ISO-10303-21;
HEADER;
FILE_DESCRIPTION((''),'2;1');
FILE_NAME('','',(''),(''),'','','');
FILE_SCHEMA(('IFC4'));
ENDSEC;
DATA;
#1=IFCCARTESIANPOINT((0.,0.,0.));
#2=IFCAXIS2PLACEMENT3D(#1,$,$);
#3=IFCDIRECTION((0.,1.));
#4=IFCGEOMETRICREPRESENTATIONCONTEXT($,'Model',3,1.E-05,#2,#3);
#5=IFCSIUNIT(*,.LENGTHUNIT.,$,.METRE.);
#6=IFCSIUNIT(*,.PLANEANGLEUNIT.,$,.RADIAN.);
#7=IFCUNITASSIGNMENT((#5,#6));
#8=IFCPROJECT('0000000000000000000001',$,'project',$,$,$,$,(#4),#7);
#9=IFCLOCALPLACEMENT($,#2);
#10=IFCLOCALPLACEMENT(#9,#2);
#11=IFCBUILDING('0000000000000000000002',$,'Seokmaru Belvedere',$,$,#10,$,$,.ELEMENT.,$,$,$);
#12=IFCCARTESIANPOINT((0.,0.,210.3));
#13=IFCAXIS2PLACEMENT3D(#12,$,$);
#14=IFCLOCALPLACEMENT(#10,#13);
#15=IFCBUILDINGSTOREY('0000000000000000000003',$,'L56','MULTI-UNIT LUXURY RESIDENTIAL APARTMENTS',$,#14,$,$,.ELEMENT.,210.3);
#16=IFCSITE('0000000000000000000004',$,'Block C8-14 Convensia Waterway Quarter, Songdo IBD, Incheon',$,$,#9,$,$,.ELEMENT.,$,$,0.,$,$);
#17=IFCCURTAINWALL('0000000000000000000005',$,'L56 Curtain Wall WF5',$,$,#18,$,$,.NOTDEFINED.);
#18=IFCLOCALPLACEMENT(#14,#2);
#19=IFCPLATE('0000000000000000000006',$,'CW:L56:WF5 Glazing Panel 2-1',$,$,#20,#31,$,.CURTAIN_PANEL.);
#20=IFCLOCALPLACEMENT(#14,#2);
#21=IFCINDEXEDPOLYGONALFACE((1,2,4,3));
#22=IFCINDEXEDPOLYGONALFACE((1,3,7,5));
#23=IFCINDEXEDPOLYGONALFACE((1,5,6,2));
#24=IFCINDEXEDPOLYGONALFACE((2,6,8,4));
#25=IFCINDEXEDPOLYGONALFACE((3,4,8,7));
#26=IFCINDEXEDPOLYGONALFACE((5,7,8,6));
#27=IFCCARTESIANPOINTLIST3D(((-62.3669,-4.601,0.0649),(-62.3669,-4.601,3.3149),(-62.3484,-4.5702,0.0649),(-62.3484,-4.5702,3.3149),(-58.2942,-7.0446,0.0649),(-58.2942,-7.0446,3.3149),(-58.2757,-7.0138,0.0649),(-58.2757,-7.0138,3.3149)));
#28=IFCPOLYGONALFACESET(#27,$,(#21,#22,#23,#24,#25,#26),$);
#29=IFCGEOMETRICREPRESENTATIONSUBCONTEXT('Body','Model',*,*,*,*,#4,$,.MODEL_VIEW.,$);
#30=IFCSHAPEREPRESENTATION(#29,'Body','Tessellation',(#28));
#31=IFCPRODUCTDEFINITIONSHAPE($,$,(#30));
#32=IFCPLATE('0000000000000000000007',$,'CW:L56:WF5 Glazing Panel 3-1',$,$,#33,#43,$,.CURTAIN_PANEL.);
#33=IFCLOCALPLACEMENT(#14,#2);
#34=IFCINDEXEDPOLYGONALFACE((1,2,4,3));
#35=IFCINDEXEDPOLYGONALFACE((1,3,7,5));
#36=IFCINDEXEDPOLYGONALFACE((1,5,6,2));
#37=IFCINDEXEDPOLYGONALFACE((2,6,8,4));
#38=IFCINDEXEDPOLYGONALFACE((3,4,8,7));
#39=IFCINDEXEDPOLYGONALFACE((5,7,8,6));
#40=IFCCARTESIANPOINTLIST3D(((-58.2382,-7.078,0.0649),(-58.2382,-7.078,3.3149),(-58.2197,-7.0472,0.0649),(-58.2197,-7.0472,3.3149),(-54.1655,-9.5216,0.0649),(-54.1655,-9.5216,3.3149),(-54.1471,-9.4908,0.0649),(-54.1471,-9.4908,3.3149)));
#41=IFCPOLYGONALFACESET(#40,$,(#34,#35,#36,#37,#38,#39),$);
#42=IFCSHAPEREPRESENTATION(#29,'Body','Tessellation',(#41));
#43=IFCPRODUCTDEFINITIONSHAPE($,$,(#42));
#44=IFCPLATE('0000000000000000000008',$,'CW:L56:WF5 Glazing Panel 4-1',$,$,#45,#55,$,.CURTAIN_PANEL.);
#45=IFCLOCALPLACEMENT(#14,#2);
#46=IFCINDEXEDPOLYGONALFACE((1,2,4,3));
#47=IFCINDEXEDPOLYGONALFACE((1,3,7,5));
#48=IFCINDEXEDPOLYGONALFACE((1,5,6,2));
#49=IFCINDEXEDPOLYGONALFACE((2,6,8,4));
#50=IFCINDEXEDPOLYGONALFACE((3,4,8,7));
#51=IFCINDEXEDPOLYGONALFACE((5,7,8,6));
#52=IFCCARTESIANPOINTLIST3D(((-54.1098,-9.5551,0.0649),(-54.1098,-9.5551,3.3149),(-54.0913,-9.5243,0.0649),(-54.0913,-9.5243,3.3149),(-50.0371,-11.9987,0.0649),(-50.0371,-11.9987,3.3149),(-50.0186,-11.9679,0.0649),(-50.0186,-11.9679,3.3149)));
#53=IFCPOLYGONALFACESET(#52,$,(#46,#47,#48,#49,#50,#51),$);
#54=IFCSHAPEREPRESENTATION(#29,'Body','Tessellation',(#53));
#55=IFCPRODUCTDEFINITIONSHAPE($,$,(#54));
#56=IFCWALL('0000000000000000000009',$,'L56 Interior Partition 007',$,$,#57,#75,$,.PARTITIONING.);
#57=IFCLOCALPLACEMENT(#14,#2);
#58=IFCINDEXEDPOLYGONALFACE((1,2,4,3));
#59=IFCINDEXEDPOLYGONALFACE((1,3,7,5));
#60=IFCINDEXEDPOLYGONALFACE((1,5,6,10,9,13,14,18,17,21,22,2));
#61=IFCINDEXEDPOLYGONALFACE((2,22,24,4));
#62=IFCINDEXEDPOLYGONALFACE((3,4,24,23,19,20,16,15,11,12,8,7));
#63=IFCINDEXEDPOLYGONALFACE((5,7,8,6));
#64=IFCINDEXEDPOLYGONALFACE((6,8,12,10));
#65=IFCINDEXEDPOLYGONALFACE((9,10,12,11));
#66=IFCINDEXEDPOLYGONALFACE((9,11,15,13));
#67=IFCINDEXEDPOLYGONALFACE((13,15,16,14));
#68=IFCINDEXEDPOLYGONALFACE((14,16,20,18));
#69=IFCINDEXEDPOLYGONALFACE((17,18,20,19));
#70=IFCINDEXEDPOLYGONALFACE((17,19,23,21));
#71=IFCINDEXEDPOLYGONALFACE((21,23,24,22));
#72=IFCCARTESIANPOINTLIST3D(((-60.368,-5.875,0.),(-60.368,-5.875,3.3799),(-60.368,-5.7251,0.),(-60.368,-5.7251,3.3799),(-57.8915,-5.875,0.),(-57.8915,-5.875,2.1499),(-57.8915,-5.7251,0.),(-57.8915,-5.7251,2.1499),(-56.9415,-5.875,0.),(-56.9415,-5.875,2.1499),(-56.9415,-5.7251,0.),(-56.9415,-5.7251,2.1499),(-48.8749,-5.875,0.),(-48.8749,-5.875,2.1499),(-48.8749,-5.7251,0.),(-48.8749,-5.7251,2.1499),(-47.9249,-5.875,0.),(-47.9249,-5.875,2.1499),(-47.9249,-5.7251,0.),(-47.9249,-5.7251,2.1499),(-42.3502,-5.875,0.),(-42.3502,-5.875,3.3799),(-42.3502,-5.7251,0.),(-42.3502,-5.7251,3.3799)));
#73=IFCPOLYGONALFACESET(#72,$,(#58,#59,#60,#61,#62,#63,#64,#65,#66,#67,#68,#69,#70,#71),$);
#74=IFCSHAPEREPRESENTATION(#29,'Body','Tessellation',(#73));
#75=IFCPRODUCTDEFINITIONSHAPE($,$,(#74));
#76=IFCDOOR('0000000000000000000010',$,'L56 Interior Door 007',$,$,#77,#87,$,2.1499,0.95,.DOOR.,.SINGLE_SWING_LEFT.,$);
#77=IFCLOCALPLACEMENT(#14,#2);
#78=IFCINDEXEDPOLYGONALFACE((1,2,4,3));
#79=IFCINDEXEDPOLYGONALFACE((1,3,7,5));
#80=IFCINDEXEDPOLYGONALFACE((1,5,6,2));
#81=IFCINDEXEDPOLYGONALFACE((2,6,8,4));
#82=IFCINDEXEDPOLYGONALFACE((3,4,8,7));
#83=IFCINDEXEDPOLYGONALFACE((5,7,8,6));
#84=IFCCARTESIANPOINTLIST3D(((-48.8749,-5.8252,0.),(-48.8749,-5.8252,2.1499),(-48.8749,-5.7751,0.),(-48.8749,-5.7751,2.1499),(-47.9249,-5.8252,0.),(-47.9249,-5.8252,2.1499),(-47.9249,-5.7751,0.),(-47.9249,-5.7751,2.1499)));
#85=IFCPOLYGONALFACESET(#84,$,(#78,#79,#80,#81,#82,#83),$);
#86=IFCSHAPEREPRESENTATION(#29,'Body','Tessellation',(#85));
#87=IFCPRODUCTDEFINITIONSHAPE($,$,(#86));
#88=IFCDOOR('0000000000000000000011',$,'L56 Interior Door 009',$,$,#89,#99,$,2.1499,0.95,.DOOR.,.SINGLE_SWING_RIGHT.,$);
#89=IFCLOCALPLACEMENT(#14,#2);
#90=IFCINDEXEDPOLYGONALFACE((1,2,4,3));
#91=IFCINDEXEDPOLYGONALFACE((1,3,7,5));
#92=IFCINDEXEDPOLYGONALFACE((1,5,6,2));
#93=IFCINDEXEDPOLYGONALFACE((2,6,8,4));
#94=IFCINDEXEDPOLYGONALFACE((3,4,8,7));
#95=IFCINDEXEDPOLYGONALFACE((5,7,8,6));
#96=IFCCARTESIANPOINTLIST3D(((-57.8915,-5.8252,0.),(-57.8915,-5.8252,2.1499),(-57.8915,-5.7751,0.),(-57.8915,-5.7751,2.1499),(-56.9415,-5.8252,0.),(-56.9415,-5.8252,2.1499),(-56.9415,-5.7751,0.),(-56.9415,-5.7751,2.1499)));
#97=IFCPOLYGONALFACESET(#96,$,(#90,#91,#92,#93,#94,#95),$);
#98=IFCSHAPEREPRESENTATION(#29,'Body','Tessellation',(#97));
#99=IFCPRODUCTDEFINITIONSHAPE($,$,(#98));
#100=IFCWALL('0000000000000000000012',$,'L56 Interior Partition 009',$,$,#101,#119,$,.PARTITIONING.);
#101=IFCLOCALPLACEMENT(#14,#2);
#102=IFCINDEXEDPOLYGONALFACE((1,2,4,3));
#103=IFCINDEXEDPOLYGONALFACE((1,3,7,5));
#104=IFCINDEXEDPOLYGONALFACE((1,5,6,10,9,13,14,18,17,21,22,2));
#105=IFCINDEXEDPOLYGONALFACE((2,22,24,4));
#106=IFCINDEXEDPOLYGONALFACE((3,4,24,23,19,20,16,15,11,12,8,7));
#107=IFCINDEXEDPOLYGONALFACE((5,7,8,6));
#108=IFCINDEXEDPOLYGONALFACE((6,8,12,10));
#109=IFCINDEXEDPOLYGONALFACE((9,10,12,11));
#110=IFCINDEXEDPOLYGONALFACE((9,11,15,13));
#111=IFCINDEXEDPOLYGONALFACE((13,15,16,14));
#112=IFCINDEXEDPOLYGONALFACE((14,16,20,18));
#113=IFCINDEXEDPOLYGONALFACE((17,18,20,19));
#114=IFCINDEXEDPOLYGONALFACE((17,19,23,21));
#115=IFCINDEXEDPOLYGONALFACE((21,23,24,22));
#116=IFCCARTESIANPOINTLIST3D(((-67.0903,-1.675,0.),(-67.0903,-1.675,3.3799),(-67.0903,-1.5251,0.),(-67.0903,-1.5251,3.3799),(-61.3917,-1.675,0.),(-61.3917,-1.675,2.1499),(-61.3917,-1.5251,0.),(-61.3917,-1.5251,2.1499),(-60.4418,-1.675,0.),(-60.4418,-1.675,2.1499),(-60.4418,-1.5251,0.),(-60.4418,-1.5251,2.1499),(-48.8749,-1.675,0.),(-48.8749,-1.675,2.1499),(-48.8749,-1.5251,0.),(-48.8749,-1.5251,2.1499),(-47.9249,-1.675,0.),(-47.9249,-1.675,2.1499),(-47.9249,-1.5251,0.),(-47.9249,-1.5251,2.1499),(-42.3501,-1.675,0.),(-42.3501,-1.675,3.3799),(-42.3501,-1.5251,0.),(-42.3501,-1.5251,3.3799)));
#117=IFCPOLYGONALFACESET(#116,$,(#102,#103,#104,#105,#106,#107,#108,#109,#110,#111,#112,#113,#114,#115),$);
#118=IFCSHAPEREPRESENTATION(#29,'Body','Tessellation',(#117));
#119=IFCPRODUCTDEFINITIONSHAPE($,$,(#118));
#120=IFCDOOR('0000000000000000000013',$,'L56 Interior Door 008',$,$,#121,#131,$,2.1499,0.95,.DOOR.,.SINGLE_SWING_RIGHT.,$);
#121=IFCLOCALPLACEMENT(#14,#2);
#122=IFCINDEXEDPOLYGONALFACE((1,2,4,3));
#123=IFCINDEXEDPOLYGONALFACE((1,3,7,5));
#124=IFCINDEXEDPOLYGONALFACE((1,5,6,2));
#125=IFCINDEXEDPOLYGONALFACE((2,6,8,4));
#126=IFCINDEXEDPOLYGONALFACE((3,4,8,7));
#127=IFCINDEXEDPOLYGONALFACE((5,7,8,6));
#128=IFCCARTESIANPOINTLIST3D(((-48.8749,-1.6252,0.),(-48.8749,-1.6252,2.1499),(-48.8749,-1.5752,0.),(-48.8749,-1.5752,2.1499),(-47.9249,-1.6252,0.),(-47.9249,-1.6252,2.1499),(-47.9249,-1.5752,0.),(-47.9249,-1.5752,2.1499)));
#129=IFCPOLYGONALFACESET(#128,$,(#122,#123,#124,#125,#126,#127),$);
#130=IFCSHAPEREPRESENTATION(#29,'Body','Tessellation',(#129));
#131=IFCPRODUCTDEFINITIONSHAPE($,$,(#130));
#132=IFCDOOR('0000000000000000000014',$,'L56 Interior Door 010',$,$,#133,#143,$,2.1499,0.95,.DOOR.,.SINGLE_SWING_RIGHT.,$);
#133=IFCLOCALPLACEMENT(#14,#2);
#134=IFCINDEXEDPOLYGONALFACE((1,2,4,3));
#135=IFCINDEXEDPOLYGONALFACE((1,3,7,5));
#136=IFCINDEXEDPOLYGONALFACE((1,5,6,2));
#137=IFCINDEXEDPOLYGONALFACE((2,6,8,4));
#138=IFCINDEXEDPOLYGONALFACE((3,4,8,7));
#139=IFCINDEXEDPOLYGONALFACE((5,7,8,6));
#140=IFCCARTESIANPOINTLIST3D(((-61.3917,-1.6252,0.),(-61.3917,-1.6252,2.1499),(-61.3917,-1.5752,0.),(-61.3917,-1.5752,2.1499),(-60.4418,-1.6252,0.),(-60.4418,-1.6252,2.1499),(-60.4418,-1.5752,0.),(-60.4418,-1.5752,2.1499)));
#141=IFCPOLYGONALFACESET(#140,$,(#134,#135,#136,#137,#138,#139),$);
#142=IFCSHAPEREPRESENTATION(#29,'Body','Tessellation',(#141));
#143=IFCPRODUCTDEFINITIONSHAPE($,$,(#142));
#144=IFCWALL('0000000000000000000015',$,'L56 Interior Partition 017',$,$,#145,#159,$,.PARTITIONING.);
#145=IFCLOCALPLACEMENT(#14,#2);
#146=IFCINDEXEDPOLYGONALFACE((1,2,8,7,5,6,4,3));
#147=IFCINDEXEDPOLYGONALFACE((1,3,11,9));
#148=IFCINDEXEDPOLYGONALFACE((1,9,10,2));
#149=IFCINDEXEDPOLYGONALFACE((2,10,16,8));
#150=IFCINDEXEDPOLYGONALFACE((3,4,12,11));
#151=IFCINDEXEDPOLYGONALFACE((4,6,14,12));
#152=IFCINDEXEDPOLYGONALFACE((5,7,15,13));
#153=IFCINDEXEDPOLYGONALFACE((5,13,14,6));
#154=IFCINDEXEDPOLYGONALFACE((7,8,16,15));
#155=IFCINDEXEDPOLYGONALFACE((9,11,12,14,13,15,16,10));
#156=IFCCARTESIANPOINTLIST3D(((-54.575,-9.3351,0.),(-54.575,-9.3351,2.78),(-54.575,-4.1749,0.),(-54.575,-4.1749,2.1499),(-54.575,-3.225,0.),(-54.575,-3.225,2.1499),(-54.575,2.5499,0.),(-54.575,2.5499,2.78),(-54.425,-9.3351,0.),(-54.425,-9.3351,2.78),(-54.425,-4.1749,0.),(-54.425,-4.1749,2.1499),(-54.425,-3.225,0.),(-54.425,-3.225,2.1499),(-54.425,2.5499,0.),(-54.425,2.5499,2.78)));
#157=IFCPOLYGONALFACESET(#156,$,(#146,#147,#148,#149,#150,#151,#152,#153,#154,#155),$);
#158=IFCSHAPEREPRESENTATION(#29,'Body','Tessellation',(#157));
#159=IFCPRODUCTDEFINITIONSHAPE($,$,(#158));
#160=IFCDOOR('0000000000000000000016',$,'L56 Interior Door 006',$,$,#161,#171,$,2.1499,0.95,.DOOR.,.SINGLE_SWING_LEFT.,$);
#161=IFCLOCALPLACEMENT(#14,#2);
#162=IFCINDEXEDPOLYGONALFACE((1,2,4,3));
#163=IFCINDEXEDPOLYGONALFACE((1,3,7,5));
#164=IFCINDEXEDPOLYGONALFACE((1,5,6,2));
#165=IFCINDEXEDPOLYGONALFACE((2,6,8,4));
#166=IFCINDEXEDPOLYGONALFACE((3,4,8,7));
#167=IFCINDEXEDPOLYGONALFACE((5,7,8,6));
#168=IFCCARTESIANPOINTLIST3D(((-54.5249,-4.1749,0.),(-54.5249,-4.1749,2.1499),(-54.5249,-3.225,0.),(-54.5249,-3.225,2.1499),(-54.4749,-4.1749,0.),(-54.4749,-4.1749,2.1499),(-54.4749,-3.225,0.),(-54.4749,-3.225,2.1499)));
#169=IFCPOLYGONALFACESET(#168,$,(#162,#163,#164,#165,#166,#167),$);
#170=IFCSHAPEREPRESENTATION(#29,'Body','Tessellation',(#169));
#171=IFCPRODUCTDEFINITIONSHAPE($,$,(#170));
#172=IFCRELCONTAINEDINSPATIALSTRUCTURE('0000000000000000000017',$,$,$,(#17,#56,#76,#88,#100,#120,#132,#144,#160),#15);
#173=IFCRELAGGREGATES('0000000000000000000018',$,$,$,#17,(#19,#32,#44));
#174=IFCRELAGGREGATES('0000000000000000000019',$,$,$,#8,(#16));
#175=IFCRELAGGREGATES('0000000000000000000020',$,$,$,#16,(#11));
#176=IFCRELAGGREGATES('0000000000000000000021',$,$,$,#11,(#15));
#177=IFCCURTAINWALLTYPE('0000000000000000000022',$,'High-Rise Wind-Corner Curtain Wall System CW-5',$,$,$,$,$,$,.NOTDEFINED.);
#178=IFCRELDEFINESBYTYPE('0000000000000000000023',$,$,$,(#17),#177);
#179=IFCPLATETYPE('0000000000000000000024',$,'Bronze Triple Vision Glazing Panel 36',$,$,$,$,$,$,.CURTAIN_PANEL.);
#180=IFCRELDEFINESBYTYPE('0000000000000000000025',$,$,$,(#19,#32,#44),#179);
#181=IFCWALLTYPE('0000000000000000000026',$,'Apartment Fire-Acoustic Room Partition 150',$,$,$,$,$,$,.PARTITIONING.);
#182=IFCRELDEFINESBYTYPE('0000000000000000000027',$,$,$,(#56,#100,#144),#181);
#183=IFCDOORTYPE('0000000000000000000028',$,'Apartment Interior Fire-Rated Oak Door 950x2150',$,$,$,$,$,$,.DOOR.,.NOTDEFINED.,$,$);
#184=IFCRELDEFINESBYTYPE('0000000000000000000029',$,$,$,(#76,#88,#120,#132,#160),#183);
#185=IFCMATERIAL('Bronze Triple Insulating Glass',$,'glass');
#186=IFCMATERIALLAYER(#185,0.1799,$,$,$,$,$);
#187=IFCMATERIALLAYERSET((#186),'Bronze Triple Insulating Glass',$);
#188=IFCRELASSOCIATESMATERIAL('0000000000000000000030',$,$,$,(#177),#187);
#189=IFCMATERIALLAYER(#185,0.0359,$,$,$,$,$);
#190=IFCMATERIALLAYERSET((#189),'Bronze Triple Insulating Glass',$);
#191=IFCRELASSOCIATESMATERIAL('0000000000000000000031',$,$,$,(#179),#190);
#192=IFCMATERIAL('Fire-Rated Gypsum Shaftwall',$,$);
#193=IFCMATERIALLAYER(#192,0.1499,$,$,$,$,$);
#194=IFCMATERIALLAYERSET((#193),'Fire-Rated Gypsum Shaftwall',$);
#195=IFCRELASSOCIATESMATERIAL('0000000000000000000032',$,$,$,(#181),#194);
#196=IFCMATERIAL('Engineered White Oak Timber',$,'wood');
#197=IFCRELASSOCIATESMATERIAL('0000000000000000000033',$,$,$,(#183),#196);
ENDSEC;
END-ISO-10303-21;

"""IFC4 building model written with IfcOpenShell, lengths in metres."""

from ifc_helpers import new_model, si_unit, direction, frame, frame_2d, origin, origin_2d, place, context, subcontext, project, spatial, rectangle, extrude, source, transform, mapped, material, layer, layer_set, type_object, type_shapes, element, fill, aggregate, save


model = new_model("IFC4")

# Units and contexts
model_context = context("Model", 3, precision=1e-05, world=origin(), true_north=direction((0.0, 1.0)))
body_context = subcontext(model_context, "Body", "Model", "MODEL_VIEW")
ifc_project = project(units=[si_unit("LENGTHUNIT", "METRE"), si_unit("PLANEANGLEUNIT", "RADIAN")], contexts=[model_context])

# Site, building, storey
site_placement = place(None, origin())
site = spatial("IfcSite", under=ifc_project, at=site_placement, Name="Block C8-14 Convensia Waterway Quarter, Songdo IBD, Incheon", CompositionType="ELEMENT", RefElevation=0.0)
building_placement = place(site_placement, origin())
building = spatial("IfcBuilding", under=site, at=building_placement, Name="Seokmaru Belvedere", CompositionType="ELEMENT")
storey_placement = place(building_placement, frame((0.0, 0.0, 210.3)))
storey = spatial("IfcBuildingStorey", under=building, at=storey_placement, Name="L56", Description="MULTI-UNIT LUXURY RESIDENTIAL APARTMENTS", CompositionType="ELEMENT", Elevation=210.3)

# Curtain wall, plates
ifc_material_1 = material(Name="Bronze Triple Insulating Glass", Category="glass")
ifc_layer_1 = layer(ifc_material_1, 0.1799)
ifc_layer_set_1 = layer_set([ifc_layer_1], Name="Bronze Triple Insulating Glass")
curtain_wall_type = type_object("IfcCurtainWallType", Name="High-Rise Wind-Corner Curtain Wall System CW-5", PredefinedType="NOTDEFINED", material=ifc_layer_set_1)
curtain_wall_placement = place(storey_placement, origin())
curtain_wall = element("IfcCurtainWall", 1, at=curtain_wall_placement, inside=storey, type_object=curtain_wall_type, Name="L56 Curtain Wall WF5", PredefinedType="NOTDEFINED")
ifc_layer_2 = layer(ifc_material_1, 0.0359)
ifc_layer_set_2 = layer_set([ifc_layer_2], Name="Bronze Triple Insulating Glass")
plate_type = type_object("IfcPlateType", Name="Bronze Triple Vision Glazing Panel 36", PredefinedType="CURTAIN_PANEL", material=ifc_layer_set_2)
shared_shape_1 = source(origin(), body_context, "Body", "SweptSolid", [
    extrude(rectangle(XDim=4.7495, YDim=0.0359, at=origin_2d()), origin(), (0.0, 0.0, 1.0), 3.25),
])
plate_1_placement = place(storey_placement, frame((-60.3213, -5.8074, 0.0649), z_axis=(0.0, 0.0, 1.0), x_axis=(0.857493, -0.514495, 0.0)))
plate_1 = element("IfcPlate", 2, at=plate_1_placement, type_object=plate_type, Name="CW:L56:WF5 Glazing Panel 2-1", PredefinedType="CURTAIN_PANEL", context=body_context, shape_type="MappedRepresentation", body=[
    mapped(shared_shape_1, transform((0.0, 0.0, 0.0), scale=1.0)),
])
plate_2_placement = place(storey_placement, frame((-56.1926, -8.2844, 0.0649), z_axis=(0.0, 0.0, 1.0), x_axis=(0.857493, -0.514495, 0.0)))
plate_2 = element("IfcPlate", 3, at=plate_2_placement, type_object=plate_type, Name="CW:L56:WF5 Glazing Panel 3-1", PredefinedType="CURTAIN_PANEL", context=body_context, shape_type="MappedRepresentation", body=[
    mapped(shared_shape_1, transform((0.0, 0.0, 0.0), scale=1.0)),
])
plate_3_placement = place(storey_placement, frame((-52.0642, -10.7615, 0.0649), z_axis=(0.0, 0.0, 1.0), x_axis=(0.857493, -0.514495, 0.0)))
plate_3 = element("IfcPlate", 4, at=plate_3_placement, type_object=plate_type, Name="CW:L56:WF5 Glazing Panel 4-1", PredefinedType="CURTAIN_PANEL", context=body_context, shape_type="MappedRepresentation", body=[
    mapped(shared_shape_1, transform((0.0, 0.0, 0.0), scale=1.0)),
])
aggregate(curtain_wall, [plate_1, plate_2, plate_3])

# Walls, openings, doors
ifc_material_2 = material(Name="Fire-Rated Gypsum Shaftwall")
ifc_layer_3 = layer(ifc_material_2, 0.1499)
ifc_layer_set_3 = layer_set([ifc_layer_3], Name="Fire-Rated Gypsum Shaftwall")
wall_type_1 = type_object("IfcWallType", Name="Apartment Fire-Acoustic Room Partition 150", PredefinedType="PARTITIONING", material=ifc_layer_set_3)
wall_1_placement = place(storey_placement, frame((-60.3679, -5.8, 0.0), z_axis=(0.0, 0.0, 1.0), x_axis=(1.0, 0.0, 0.0)))
wall_1 = element("IfcWall", 5, at=wall_1_placement, inside=storey, type_object=wall_type_1, Name="L56 Interior Partition 007", PredefinedType="PARTITIONING", context=body_context, shape_type="SweptSolid", body=[
    extrude(rectangle(XDim=18.0178, YDim=0.1499, at=frame_2d((9.0088, 0.0))), origin(), (0.0, 0.0, 1.0), 3.3799),
])
opening_1_placement = place(wall_1_placement, frame((11.4929, 0.0, 0.0)))
opening_1 = element("IfcOpeningElement", 6, at=opening_1_placement, cuts=wall_1, PredefinedType="OPENING", context=body_context, shape_type="SweptSolid", body=[
    extrude(rectangle(XDim=0.95, YDim=2.1499, at=frame_2d((0.4751, 1.075))), frame((0.0, 0.085, 0.0), z_axis=(0.0, -1.0, 0.0), x_axis=(1.0, 0.0, 0.0)), (0.0, 0.0, 1.0), 0.1699),
])
opening_2_placement = place(wall_1_placement, frame((2.4763, 0.0, 0.0)))
opening_2 = element("IfcOpeningElement", 7, at=opening_2_placement, cuts=wall_1, PredefinedType="OPENING", context=body_context, shape_type="SweptSolid", body=[
    extrude(rectangle(XDim=0.95, YDim=2.1499, at=frame_2d((0.4751, 1.075))), frame((0.0, 0.085, 0.0), z_axis=(0.0, -1.0, 0.0), x_axis=(1.0, 0.0, 0.0)), (0.0, 0.0, 1.0), 0.1699),
])
ifc_material_3 = material(Name="Engineered White Oak Timber", Category="wood")
door_type = type_object("IfcDoorType", Name="Apartment Interior Fire-Rated Oak Door 950x2150", OperationType="NOTDEFINED", PredefinedType="DOOR", material=ifc_material_3)
shared_shape_2 = source(origin(), body_context, "Body", "SweptSolid", [
    extrude(rectangle(XDim=0.95, YDim=2.1499, at=frame_2d((0.4751, 1.075))), frame((0.0, 0.0249, 0.0), z_axis=(0.0, -1.0, 0.0), x_axis=(1.0, 0.0, 0.0)), (0.0, 0.0, 1.0), 0.05),
])
type_shapes(door_type, [shared_shape_2])
door_1_placement = place(opening_1_placement, origin())
door_1 = element("IfcDoor", 8, at=door_1_placement, inside=storey, type_object=door_type, Name="L56 Interior Door 007", OperationType="SINGLE_SWING_LEFT", OverallHeight=2.1499, OverallWidth=0.95, PredefinedType="DOOR", context=body_context, shape_type="MappedRepresentation", body=[
    mapped(shared_shape_2, transform((0.0, 0.0, 0.0), scale=1.0)),
])
fill(opening_1, door_1)
door_2_placement = place(opening_2_placement, origin())
door_2 = element("IfcDoor", 9, at=door_2_placement, inside=storey, type_object=door_type, Name="L56 Interior Door 009", OperationType="SINGLE_SWING_RIGHT", OverallHeight=2.1499, OverallWidth=0.95, PredefinedType="DOOR", context=body_context, shape_type="MappedRepresentation", body=[
    mapped(shared_shape_2, transform((0.0, 0.0, 0.0), scale=1.0)),
])
fill(opening_2, door_2)
wall_2_placement = place(storey_placement, frame((-67.0903, -1.6001, 0.0), z_axis=(0.0, 0.0, 1.0), x_axis=(1.0, 0.0, 0.0)))
wall_2 = element("IfcWall", 10, at=wall_2_placement, inside=storey, type_object=wall_type_1, Name="L56 Interior Partition 009", PredefinedType="PARTITIONING", context=body_context, shape_type="SweptSolid", body=[
    extrude(rectangle(XDim=24.7402, YDim=0.1499, at=frame_2d((12.3701, 0.0))), origin(), (0.0, 0.0, 1.0), 3.3799),
])
opening_3_placement = place(wall_2_placement, frame((18.2153, 0.0, 0.0)))
opening_3 = element("IfcOpeningElement", 11, at=opening_3_placement, cuts=wall_2, PredefinedType="OPENING", context=body_context, shape_type="SweptSolid", body=[
    extrude(rectangle(XDim=0.95, YDim=2.1499, at=frame_2d((0.4751, 1.075))), frame((0.0, 0.085, 0.0), z_axis=(0.0, -1.0, 0.0), x_axis=(1.0, 0.0, 0.0)), (0.0, 0.0, 1.0), 0.1699),
])
opening_4_placement = place(wall_2_placement, frame((5.6985, 0.0, 0.0)))
opening_4 = element("IfcOpeningElement", 12, at=opening_4_placement, cuts=wall_2, PredefinedType="OPENING", context=body_context, shape_type="SweptSolid", body=[
    extrude(rectangle(XDim=0.95, YDim=2.1499, at=frame_2d((0.4751, 1.075))), frame((0.0, 0.085, 0.0), z_axis=(0.0, -1.0, 0.0), x_axis=(1.0, 0.0, 0.0)), (0.0, 0.0, 1.0), 0.1699),
])
door_3_placement = place(opening_3_placement, origin())
door_3 = element("IfcDoor", 13, at=door_3_placement, inside=storey, type_object=door_type, Name="L56 Interior Door 008", OperationType="SINGLE_SWING_RIGHT", OverallHeight=2.1499, OverallWidth=0.95, PredefinedType="DOOR", context=body_context, shape_type="MappedRepresentation", body=[
    mapped(shared_shape_2, transform((0.0, 0.0, 0.0), scale=1.0)),
])
fill(opening_3, door_3)
door_4_placement = place(opening_4_placement, origin())
door_4 = element("IfcDoor", 14, at=door_4_placement, inside=storey, type_object=door_type, Name="L56 Interior Door 010", OperationType="SINGLE_SWING_RIGHT", OverallHeight=2.1499, OverallWidth=0.95, PredefinedType="DOOR", context=body_context, shape_type="MappedRepresentation", body=[
    mapped(shared_shape_2, transform((0.0, 0.0, 0.0), scale=1.0)),
])
fill(opening_4, door_4)

# Wall, opening, door
wall_3_placement = place(storey_placement, frame((-54.5, -9.335, 0.0), z_axis=(0.0, 0.0, 1.0), x_axis=(0.0, 1.0, 0.0)))
wall_3 = element("IfcWall", 15, at=wall_3_placement, inside=storey, type_object=wall_type_1, Name="L56 Interior Partition 017", PredefinedType="PARTITIONING", context=body_context, shape_type="SweptSolid", body=[
    extrude(rectangle(XDim=11.885, YDim=0.1499, at=frame_2d((5.9424, 0.0))), origin(), (0.0, 0.0, 1.0), 2.78),
])
opening_5_placement = place(wall_3_placement, frame((5.1599, 0.0, 0.0)))
opening_5 = element("IfcOpeningElement", 16, at=opening_5_placement, cuts=wall_3, PredefinedType="OPENING", context=body_context, shape_type="SweptSolid", body=[
    extrude(rectangle(XDim=0.95, YDim=2.1499, at=frame_2d((0.4751, 1.075))), frame((0.0, 0.085, 0.0), z_axis=(0.0, -1.0, 0.0), x_axis=(1.0, 0.0, 0.0)), (0.0, 0.0, 1.0), 0.1699),
])
door_5_placement = place(opening_5_placement, origin())
door_5 = element("IfcDoor", 17, at=door_5_placement, inside=storey, type_object=door_type, Name="L56 Interior Door 006", OperationType="SINGLE_SWING_LEFT", OverallHeight=2.1499, OverallWidth=0.95, PredefinedType="DOOR", context=body_context, shape_type="MappedRepresentation", body=[
    mapped(shared_shape_2, transform((0.0, 0.0, 0.0), scale=1.0)),
])
fill(opening_5, door_5)

save(model, "model.ifc")
